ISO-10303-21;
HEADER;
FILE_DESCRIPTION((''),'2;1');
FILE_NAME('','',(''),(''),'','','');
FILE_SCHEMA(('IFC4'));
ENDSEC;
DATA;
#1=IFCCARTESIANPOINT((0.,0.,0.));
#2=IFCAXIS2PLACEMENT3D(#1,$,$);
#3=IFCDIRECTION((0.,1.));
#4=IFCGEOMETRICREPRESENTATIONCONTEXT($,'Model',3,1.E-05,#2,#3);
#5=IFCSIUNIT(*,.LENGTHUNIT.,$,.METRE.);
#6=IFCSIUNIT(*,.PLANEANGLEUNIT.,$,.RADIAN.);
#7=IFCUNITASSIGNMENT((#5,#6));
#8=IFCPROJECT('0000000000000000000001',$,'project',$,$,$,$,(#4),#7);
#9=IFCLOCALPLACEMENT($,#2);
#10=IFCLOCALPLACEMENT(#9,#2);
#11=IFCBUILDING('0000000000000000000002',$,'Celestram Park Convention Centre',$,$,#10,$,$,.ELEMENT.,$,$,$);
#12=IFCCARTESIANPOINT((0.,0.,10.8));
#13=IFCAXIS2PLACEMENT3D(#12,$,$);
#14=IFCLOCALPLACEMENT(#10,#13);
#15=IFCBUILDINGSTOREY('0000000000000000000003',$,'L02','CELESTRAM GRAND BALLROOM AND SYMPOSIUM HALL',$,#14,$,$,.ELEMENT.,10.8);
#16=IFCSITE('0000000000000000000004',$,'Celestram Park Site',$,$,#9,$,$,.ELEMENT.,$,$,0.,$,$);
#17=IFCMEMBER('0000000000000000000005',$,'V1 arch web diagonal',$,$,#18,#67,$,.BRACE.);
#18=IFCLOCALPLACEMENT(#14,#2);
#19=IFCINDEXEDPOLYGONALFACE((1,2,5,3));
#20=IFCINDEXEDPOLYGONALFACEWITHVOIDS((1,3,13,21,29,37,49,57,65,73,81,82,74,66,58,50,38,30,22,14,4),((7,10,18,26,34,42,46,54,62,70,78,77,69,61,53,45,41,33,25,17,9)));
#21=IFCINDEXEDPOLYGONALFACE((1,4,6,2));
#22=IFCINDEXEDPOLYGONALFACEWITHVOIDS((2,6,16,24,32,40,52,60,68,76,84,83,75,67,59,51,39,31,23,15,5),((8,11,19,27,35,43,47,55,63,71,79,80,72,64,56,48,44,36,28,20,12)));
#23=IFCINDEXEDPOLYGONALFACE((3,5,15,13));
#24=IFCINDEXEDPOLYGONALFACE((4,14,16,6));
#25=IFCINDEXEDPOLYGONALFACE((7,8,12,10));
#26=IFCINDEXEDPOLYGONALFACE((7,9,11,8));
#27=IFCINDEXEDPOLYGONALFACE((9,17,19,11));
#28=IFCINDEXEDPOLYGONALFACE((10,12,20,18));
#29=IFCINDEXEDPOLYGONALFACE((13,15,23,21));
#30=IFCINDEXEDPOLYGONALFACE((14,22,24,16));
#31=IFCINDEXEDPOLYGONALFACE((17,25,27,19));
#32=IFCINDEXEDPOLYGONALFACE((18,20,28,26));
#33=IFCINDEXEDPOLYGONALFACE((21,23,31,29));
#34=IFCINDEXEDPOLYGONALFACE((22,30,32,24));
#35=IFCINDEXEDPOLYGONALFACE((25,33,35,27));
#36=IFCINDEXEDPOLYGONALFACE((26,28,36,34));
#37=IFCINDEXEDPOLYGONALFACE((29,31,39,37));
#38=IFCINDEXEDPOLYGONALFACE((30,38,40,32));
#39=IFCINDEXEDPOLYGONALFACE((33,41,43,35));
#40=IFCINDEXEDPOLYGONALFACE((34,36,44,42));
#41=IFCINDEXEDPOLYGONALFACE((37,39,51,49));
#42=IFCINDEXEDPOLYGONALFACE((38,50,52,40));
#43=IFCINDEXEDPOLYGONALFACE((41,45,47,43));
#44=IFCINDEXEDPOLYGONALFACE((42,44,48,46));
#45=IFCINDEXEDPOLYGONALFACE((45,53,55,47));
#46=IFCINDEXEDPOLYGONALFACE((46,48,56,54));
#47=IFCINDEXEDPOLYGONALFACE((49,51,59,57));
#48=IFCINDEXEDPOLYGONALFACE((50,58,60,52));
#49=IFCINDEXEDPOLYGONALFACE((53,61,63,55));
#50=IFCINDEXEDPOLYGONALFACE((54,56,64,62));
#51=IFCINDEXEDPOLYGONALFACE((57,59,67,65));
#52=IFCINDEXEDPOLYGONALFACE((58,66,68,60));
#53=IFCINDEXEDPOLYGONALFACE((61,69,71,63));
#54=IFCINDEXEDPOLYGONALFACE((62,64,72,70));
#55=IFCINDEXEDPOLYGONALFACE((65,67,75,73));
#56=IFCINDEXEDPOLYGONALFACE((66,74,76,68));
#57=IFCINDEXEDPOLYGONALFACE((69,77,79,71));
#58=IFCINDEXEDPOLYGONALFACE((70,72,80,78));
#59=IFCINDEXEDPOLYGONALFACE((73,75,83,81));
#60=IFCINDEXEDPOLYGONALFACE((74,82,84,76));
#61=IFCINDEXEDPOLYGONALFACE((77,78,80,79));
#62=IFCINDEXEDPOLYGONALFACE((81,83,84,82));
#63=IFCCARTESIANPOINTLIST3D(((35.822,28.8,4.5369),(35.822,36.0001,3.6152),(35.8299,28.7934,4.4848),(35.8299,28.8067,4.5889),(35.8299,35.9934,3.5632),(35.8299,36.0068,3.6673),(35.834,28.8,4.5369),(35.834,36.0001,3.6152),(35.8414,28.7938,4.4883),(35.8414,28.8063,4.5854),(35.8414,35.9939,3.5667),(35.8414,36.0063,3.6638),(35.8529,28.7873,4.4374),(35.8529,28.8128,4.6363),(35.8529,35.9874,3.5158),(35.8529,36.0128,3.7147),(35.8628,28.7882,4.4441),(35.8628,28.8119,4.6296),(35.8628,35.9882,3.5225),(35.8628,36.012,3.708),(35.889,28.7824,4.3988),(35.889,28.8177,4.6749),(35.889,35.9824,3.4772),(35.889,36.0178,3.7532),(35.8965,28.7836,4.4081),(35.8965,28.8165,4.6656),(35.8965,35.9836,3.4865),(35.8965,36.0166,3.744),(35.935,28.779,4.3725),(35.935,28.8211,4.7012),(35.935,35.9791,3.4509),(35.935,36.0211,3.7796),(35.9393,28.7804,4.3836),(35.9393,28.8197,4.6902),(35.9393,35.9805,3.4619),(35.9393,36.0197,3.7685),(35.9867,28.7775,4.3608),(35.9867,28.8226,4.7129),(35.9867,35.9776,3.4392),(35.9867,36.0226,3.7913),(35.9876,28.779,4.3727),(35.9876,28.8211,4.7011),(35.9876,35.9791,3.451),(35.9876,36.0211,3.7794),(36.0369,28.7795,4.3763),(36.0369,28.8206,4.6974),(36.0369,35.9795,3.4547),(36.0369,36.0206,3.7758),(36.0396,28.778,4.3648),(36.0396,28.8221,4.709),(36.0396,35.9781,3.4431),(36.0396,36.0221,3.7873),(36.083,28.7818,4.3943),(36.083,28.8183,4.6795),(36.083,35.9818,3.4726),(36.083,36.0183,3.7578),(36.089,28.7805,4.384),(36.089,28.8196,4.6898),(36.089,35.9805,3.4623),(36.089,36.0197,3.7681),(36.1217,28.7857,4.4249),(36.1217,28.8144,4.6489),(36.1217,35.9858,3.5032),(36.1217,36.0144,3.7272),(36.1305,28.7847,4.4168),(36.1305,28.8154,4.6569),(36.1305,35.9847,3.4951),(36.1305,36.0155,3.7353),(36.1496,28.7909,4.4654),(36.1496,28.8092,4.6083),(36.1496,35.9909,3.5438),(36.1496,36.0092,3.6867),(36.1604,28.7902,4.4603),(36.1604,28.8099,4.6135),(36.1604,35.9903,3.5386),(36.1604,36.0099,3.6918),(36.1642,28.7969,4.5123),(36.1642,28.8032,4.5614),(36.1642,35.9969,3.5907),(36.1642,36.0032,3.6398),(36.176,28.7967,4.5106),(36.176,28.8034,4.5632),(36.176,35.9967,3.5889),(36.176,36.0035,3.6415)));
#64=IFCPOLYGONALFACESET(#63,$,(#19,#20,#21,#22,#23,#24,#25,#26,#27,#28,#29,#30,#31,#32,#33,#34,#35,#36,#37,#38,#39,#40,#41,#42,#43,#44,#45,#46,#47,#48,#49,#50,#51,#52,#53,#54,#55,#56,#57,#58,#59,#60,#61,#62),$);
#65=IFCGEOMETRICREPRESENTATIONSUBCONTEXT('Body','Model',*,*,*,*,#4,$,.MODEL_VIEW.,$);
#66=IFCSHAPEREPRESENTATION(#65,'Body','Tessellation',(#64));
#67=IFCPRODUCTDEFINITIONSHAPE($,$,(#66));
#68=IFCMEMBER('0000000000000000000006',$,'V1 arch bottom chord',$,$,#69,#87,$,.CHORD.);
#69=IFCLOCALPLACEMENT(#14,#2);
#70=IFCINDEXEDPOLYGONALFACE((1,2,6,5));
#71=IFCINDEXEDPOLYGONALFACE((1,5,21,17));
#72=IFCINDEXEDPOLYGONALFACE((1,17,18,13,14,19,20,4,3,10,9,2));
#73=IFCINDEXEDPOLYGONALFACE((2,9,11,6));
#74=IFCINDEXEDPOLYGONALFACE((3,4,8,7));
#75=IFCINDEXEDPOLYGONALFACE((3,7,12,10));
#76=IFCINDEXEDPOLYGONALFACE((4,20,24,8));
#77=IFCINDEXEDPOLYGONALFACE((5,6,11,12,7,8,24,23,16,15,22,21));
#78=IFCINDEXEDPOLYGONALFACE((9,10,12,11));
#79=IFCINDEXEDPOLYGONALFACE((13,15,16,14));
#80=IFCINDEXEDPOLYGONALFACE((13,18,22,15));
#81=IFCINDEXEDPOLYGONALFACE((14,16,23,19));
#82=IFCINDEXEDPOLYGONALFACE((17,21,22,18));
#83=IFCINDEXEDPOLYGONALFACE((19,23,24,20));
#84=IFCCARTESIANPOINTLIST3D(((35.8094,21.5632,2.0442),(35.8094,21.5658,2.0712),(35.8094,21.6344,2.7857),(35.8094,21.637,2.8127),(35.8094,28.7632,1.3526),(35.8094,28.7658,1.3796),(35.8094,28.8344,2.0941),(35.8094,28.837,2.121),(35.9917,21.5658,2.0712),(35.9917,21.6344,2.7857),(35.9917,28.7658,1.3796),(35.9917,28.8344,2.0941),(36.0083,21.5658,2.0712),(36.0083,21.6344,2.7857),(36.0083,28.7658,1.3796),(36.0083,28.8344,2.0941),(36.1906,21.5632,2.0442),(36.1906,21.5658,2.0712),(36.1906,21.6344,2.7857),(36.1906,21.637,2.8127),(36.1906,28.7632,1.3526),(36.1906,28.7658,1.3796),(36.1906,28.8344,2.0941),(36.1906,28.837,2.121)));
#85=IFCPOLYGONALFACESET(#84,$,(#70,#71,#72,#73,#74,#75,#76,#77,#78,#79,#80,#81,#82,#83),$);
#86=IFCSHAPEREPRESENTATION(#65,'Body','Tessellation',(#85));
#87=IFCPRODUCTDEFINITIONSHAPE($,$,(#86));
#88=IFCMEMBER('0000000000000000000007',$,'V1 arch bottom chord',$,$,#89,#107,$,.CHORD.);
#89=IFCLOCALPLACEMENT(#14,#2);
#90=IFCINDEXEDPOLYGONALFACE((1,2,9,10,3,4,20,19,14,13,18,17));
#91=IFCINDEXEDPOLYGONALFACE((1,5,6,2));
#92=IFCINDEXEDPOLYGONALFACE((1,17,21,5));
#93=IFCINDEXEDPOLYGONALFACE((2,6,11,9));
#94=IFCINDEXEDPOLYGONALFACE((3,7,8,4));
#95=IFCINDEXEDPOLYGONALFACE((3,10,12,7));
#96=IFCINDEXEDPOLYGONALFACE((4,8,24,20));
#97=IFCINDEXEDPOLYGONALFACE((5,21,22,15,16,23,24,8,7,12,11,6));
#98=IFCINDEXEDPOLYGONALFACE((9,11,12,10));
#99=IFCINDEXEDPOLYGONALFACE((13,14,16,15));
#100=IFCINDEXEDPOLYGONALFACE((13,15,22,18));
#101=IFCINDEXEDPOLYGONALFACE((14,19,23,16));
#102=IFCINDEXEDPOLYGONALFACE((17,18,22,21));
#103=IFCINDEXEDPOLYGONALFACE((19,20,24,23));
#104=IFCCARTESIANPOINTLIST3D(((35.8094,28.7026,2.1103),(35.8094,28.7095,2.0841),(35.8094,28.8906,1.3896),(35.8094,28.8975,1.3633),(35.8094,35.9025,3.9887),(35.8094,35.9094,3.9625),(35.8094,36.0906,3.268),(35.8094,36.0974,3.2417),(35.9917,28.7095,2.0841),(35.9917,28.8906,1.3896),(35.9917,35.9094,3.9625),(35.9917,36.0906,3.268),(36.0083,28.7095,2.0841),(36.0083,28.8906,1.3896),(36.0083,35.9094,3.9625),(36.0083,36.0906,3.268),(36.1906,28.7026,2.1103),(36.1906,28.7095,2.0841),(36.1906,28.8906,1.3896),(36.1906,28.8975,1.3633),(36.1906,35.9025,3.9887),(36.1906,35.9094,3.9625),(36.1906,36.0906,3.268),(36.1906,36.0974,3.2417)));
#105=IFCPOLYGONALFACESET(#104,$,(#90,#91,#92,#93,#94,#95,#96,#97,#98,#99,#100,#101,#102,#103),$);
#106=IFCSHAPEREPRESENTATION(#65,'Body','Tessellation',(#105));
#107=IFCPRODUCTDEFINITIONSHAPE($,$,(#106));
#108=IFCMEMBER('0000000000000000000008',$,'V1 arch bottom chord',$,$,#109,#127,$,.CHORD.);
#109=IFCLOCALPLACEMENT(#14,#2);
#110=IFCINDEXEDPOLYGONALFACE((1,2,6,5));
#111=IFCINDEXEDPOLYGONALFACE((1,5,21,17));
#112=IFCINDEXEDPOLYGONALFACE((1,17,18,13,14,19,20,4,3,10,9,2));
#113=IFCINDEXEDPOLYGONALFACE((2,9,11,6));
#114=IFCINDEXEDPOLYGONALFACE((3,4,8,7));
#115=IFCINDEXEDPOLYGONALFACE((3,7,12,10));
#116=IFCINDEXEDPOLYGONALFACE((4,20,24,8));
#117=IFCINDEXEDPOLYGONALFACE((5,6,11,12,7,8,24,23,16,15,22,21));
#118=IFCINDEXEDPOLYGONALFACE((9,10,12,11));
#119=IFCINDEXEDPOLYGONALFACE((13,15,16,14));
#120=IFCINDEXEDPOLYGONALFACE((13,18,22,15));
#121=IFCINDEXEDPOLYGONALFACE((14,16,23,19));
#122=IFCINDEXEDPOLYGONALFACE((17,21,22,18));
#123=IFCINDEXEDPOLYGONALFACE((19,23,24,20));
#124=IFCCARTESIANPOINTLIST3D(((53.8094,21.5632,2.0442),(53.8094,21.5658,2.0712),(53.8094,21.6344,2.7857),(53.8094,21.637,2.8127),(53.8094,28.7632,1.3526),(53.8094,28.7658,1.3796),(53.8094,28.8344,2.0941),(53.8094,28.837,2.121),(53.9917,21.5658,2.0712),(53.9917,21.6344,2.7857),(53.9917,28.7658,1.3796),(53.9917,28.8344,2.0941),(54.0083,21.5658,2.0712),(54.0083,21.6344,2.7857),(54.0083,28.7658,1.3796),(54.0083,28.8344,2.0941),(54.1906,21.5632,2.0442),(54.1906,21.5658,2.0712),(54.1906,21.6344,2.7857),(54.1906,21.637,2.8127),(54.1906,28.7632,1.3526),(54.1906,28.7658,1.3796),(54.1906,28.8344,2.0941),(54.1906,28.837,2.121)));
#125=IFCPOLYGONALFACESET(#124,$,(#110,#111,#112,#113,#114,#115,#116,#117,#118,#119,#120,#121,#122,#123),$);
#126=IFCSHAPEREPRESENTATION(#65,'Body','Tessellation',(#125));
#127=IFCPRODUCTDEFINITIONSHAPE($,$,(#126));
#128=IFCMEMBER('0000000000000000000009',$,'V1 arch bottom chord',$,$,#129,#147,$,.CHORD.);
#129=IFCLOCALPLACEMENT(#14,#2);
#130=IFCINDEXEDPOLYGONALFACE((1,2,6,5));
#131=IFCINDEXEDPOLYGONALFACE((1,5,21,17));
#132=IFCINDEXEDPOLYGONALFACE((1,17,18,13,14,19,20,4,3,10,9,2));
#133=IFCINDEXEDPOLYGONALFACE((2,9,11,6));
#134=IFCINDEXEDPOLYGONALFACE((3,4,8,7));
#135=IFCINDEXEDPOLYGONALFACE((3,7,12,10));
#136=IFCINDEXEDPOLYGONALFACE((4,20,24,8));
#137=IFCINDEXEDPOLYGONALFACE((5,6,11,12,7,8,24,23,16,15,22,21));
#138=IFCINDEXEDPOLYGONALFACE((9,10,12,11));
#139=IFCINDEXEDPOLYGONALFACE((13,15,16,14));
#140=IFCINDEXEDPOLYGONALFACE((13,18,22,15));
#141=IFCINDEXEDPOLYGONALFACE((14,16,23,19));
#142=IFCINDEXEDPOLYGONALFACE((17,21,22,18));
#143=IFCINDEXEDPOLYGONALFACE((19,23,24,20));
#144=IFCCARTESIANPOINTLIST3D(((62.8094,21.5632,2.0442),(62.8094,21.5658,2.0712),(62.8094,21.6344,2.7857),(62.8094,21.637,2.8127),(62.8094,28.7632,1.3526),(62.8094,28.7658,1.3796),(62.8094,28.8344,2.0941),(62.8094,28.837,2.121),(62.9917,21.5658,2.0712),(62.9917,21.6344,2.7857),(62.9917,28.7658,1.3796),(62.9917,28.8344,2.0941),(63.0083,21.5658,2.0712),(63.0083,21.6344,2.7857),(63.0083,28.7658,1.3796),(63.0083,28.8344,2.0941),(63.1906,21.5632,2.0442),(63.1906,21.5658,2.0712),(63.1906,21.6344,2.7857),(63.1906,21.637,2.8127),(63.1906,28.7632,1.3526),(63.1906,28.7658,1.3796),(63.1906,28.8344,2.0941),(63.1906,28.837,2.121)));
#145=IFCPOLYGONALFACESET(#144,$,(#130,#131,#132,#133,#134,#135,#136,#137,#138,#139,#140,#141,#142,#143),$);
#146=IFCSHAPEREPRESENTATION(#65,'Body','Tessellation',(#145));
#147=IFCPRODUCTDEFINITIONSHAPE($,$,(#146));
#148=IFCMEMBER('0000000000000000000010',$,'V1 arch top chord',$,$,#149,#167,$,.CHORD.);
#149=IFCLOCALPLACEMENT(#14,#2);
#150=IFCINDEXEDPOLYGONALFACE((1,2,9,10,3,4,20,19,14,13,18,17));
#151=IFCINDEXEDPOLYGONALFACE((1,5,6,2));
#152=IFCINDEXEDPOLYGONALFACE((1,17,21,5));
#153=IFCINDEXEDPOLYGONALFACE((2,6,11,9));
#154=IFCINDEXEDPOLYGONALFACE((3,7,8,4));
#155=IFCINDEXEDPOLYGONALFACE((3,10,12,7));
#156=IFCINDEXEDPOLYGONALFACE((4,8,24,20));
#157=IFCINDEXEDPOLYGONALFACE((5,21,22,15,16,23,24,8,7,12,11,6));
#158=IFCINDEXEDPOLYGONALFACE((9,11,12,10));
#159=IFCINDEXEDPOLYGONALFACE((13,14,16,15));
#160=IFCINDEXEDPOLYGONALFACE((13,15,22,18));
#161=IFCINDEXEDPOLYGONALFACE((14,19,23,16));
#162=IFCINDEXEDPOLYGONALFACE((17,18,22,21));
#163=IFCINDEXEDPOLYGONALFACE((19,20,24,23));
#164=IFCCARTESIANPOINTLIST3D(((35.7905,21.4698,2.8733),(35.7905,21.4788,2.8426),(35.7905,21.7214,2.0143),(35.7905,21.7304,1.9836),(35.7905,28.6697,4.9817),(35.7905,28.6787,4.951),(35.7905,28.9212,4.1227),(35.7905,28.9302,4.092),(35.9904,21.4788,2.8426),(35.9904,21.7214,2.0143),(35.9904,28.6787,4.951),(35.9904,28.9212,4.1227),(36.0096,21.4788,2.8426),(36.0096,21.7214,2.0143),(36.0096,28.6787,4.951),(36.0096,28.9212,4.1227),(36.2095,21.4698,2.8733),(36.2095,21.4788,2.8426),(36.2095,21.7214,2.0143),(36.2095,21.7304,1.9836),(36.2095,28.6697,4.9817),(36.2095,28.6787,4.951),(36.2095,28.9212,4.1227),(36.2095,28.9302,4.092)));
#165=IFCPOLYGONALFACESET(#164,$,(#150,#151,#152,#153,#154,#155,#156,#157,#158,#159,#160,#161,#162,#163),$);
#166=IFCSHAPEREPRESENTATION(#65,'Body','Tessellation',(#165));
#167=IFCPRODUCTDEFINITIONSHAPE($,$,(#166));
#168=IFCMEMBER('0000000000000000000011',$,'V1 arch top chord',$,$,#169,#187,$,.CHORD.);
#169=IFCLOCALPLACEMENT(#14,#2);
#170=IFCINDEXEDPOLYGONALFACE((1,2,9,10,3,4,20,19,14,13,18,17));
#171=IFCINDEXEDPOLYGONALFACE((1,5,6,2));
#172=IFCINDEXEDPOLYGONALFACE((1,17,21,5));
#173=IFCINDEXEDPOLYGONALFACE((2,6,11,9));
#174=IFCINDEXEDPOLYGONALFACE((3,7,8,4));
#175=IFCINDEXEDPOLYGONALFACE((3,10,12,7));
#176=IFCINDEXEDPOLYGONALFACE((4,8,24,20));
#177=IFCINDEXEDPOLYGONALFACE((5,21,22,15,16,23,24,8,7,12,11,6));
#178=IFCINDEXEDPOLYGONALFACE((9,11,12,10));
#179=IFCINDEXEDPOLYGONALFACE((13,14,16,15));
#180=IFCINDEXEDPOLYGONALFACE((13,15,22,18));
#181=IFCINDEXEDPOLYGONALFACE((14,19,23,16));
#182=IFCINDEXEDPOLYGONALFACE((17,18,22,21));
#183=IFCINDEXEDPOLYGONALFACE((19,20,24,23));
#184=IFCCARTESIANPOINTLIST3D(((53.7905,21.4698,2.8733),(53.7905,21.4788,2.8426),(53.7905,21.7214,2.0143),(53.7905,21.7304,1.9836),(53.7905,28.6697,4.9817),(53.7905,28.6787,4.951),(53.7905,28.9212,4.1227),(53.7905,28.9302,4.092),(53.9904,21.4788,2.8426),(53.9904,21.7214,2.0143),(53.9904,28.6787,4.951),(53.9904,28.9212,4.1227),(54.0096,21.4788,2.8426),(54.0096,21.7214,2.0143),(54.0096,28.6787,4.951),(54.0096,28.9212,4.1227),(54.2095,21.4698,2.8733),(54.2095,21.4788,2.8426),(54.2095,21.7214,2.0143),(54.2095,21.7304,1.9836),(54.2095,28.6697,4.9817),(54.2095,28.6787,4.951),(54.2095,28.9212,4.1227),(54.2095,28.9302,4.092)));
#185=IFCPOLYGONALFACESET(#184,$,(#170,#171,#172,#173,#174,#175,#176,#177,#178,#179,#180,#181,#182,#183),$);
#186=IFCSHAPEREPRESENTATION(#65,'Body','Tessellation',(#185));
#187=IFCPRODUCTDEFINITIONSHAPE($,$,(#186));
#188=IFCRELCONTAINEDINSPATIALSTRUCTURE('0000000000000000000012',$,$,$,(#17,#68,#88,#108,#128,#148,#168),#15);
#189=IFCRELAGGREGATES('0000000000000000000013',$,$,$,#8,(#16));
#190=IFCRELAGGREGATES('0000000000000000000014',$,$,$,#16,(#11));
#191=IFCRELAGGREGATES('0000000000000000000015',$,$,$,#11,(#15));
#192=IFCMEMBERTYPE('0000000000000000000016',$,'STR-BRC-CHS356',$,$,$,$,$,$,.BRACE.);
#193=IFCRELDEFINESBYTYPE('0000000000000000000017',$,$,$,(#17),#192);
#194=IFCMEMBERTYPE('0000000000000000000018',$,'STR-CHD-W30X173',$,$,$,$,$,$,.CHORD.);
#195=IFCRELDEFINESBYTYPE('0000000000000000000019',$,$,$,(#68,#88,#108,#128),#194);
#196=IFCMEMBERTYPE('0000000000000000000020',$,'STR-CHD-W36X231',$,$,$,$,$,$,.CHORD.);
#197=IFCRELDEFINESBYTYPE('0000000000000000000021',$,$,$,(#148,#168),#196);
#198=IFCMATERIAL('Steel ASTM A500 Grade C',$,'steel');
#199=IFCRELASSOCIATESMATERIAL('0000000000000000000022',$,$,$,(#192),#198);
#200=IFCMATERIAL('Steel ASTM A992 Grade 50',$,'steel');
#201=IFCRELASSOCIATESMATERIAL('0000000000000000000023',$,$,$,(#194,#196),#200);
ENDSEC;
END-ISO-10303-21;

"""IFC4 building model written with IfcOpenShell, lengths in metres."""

from ifc_helpers import new_model, si_unit, direction, frame, origin, origin_2d, place, context, subcontext, project, spatial, hollow_circle, i_section, extrude, material, material_profile, profile_set, type_object, element, save


model = new_model("IFC4")

# Units and contexts
model_context = context("Model", 3, precision=1e-05, world=origin(), true_north=direction((0.0, 1.0)))
body_context = subcontext(model_context, "Body", "Model", "MODEL_VIEW")
ifc_project = project(units=[si_unit("LENGTHUNIT", "METRE"), si_unit("PLANEANGLEUNIT", "RADIAN")], contexts=[model_context])

# Site, building, storey
site_placement = place(None, origin())
site = spatial("IfcSite", under=ifc_project, at=site_placement, Name="Celestram Park Site", CompositionType="ELEMENT", RefElevation=0.0)
building_placement = place(site_placement, origin())
building = spatial("IfcBuilding", under=site, at=building_placement, Name="Celestram Park Convention Centre", CompositionType="ELEMENT")
storey_placement = place(building_placement, frame((0.0, 0.0, 10.8)))
storey = spatial("IfcBuildingStorey", under=building, at=storey_placement, Name="L02", Description="CELESTRAM GRAND BALLROOM AND SYMPOSIUM HALL", CompositionType="ELEMENT", Elevation=10.8)

# Shared definitions
ifc_material_1 = material(Name="Steel ASTM A992 Grade 50", Category="steel")

# Members
ifc_material_2 = material(Name="Steel ASTM A500 Grade C", Category="steel")
ifc_material_profile_1 = material_profile(ifc_material_2, hollow_circle(Radius=0.178, WallThickness=0.012, at=origin_2d()), Name="CHS356X12")
ifc_profile_set_1 = profile_set([ifc_material_profile_1], Name="Steel ASTM A500 Grade C")
member_type_1 = type_object("IfcMemberType", Name="STR-BRC-CHS356", PredefinedType="BRACE", material=ifc_profile_set_1)
member_1_placement = place(storey_placement, frame((36.0, 28.8, 4.5369), z_axis=(0.0, 0.991907, -0.126969), x_axis=(-1.0, 0.0, 0.0)))
element("IfcMember", 1, at=member_1_placement, inside=storey, type_object=member_type_1, Name="V1 arch web diagonal", PredefinedType="BRACE", context=body_context, shape_type="SweptSolid", body=[
    extrude(hollow_circle(Radius=0.178, WallThickness=0.012, at=origin_2d()), origin(), (0.0, 0.0, 1.0), 7.2588),
])
ifc_material_profile_2 = material_profile(ifc_material_1, i_section(OverallWidth=0.3811, OverallDepth=0.772, WebThickness=0.0166, FlangeThickness=0.0271, at=origin_2d()), Name="W30X173")
ifc_profile_set_2 = profile_set([ifc_material_profile_2], Name="Steel ASTM A992 Grade 50")
member_type_2 = type_object("IfcMemberType", Name="STR-CHD-W30X173", PredefinedType="CHORD", material=ifc_profile_set_2)
member_2_placement = place(storey_placement, frame((36.0, 21.6001, 2.4285), z_axis=(0.0, 0.995418, -0.095623), x_axis=(-1.0, 0.0, 0.0)))
element("IfcMember", 2, at=member_2_placement, inside=storey, type_object=member_type_2, Name="V1 arch bottom chord", PredefinedType="CHORD", context=body_context, shape_type="SweptSolid", body=[
    extrude(i_section(OverallWidth=0.3811, OverallDepth=0.772, WebThickness=0.0166, FlangeThickness=0.0271, at=origin_2d()), origin(), (0.0, 0.0, 1.0), 7.2332),
])
member_3_placement = place(storey_placement, frame((36.0, 28.8, 1.7368), z_axis=(0.0, 0.967612, 0.252443), x_axis=(-1.0, 0.0, 0.0)))
element("IfcMember", 3, at=member_3_placement, inside=storey, type_object=member_type_2, Name="V1 arch bottom chord", PredefinedType="CHORD", context=body_context, shape_type="SweptSolid", body=[
    extrude(i_section(OverallWidth=0.3811, OverallDepth=0.772, WebThickness=0.0166, FlangeThickness=0.0271, at=origin_2d()), origin(), (0.0, 0.0, 1.0), 7.4409),
])
for number, where, z_axis, x_axis, name in (
    (4, (54.0, 21.6001, 2.4285), (0.0, 0.995418, -0.095623), (-1.0, 0.0, 0.0), "V1 arch bottom chord"),
    (5, (63.0, 21.6001, 2.4285), (0.0, 0.995418, -0.095623), (-1.0, 0.0, 0.0), "V1 arch bottom chord"),
):
    element("IfcMember", number, at=place(storey_placement, frame(where, z_axis=z_axis, x_axis=x_axis)), inside=storey, type_object=member_type_2, Name=name, PredefinedType="CHORD", context=body_context, shape_type="SweptSolid", body=[
        extrude(i_section(OverallWidth=0.3811, OverallDepth=0.772, WebThickness=0.0166, FlangeThickness=0.0271, at=origin_2d()), origin(), (0.0, 0.0, 1.0), 7.2332),
    ])
ifc_material_profile_3 = material_profile(ifc_material_1, i_section(OverallWidth=0.4189, OverallDepth=0.927, WebThickness=0.0193, FlangeThickness=0.032, at=origin_2d()), Name="W36X231")
ifc_profile_set_3 = profile_set([ifc_material_profile_3], Name="Steel ASTM A992 Grade 50")
member_type_3 = type_object("IfcMemberType", Name="STR-CHD-W36X231", PredefinedType="CHORD", material=ifc_profile_set_3)
for number, where, z_axis, x_axis, name in (
    (6, (36.0, 21.6001, 2.4285), (0.0, 0.959698, 0.281033), (-1.0, 0.0, 0.0), "V1 arch top chord"),
    (7, (54.0, 21.6001, 2.4285), (0.0, 0.959698, 0.281033), (-1.0, 0.0, 0.0), "V1 arch top chord"),
):
    element("IfcMember", number, at=place(storey_placement, frame(where, z_axis=z_axis, x_axis=x_axis)), inside=storey, type_object=member_type_3, Name=name, PredefinedType="CHORD", context=body_context, shape_type="SweptSolid", body=[
        extrude(i_section(OverallWidth=0.4189, OverallDepth=0.927, WebThickness=0.0193, FlangeThickness=0.032, at=origin_2d()), origin(), (0.0, 0.0, 1.0), 7.5022),
    ])

save(model, "model.ifc")
